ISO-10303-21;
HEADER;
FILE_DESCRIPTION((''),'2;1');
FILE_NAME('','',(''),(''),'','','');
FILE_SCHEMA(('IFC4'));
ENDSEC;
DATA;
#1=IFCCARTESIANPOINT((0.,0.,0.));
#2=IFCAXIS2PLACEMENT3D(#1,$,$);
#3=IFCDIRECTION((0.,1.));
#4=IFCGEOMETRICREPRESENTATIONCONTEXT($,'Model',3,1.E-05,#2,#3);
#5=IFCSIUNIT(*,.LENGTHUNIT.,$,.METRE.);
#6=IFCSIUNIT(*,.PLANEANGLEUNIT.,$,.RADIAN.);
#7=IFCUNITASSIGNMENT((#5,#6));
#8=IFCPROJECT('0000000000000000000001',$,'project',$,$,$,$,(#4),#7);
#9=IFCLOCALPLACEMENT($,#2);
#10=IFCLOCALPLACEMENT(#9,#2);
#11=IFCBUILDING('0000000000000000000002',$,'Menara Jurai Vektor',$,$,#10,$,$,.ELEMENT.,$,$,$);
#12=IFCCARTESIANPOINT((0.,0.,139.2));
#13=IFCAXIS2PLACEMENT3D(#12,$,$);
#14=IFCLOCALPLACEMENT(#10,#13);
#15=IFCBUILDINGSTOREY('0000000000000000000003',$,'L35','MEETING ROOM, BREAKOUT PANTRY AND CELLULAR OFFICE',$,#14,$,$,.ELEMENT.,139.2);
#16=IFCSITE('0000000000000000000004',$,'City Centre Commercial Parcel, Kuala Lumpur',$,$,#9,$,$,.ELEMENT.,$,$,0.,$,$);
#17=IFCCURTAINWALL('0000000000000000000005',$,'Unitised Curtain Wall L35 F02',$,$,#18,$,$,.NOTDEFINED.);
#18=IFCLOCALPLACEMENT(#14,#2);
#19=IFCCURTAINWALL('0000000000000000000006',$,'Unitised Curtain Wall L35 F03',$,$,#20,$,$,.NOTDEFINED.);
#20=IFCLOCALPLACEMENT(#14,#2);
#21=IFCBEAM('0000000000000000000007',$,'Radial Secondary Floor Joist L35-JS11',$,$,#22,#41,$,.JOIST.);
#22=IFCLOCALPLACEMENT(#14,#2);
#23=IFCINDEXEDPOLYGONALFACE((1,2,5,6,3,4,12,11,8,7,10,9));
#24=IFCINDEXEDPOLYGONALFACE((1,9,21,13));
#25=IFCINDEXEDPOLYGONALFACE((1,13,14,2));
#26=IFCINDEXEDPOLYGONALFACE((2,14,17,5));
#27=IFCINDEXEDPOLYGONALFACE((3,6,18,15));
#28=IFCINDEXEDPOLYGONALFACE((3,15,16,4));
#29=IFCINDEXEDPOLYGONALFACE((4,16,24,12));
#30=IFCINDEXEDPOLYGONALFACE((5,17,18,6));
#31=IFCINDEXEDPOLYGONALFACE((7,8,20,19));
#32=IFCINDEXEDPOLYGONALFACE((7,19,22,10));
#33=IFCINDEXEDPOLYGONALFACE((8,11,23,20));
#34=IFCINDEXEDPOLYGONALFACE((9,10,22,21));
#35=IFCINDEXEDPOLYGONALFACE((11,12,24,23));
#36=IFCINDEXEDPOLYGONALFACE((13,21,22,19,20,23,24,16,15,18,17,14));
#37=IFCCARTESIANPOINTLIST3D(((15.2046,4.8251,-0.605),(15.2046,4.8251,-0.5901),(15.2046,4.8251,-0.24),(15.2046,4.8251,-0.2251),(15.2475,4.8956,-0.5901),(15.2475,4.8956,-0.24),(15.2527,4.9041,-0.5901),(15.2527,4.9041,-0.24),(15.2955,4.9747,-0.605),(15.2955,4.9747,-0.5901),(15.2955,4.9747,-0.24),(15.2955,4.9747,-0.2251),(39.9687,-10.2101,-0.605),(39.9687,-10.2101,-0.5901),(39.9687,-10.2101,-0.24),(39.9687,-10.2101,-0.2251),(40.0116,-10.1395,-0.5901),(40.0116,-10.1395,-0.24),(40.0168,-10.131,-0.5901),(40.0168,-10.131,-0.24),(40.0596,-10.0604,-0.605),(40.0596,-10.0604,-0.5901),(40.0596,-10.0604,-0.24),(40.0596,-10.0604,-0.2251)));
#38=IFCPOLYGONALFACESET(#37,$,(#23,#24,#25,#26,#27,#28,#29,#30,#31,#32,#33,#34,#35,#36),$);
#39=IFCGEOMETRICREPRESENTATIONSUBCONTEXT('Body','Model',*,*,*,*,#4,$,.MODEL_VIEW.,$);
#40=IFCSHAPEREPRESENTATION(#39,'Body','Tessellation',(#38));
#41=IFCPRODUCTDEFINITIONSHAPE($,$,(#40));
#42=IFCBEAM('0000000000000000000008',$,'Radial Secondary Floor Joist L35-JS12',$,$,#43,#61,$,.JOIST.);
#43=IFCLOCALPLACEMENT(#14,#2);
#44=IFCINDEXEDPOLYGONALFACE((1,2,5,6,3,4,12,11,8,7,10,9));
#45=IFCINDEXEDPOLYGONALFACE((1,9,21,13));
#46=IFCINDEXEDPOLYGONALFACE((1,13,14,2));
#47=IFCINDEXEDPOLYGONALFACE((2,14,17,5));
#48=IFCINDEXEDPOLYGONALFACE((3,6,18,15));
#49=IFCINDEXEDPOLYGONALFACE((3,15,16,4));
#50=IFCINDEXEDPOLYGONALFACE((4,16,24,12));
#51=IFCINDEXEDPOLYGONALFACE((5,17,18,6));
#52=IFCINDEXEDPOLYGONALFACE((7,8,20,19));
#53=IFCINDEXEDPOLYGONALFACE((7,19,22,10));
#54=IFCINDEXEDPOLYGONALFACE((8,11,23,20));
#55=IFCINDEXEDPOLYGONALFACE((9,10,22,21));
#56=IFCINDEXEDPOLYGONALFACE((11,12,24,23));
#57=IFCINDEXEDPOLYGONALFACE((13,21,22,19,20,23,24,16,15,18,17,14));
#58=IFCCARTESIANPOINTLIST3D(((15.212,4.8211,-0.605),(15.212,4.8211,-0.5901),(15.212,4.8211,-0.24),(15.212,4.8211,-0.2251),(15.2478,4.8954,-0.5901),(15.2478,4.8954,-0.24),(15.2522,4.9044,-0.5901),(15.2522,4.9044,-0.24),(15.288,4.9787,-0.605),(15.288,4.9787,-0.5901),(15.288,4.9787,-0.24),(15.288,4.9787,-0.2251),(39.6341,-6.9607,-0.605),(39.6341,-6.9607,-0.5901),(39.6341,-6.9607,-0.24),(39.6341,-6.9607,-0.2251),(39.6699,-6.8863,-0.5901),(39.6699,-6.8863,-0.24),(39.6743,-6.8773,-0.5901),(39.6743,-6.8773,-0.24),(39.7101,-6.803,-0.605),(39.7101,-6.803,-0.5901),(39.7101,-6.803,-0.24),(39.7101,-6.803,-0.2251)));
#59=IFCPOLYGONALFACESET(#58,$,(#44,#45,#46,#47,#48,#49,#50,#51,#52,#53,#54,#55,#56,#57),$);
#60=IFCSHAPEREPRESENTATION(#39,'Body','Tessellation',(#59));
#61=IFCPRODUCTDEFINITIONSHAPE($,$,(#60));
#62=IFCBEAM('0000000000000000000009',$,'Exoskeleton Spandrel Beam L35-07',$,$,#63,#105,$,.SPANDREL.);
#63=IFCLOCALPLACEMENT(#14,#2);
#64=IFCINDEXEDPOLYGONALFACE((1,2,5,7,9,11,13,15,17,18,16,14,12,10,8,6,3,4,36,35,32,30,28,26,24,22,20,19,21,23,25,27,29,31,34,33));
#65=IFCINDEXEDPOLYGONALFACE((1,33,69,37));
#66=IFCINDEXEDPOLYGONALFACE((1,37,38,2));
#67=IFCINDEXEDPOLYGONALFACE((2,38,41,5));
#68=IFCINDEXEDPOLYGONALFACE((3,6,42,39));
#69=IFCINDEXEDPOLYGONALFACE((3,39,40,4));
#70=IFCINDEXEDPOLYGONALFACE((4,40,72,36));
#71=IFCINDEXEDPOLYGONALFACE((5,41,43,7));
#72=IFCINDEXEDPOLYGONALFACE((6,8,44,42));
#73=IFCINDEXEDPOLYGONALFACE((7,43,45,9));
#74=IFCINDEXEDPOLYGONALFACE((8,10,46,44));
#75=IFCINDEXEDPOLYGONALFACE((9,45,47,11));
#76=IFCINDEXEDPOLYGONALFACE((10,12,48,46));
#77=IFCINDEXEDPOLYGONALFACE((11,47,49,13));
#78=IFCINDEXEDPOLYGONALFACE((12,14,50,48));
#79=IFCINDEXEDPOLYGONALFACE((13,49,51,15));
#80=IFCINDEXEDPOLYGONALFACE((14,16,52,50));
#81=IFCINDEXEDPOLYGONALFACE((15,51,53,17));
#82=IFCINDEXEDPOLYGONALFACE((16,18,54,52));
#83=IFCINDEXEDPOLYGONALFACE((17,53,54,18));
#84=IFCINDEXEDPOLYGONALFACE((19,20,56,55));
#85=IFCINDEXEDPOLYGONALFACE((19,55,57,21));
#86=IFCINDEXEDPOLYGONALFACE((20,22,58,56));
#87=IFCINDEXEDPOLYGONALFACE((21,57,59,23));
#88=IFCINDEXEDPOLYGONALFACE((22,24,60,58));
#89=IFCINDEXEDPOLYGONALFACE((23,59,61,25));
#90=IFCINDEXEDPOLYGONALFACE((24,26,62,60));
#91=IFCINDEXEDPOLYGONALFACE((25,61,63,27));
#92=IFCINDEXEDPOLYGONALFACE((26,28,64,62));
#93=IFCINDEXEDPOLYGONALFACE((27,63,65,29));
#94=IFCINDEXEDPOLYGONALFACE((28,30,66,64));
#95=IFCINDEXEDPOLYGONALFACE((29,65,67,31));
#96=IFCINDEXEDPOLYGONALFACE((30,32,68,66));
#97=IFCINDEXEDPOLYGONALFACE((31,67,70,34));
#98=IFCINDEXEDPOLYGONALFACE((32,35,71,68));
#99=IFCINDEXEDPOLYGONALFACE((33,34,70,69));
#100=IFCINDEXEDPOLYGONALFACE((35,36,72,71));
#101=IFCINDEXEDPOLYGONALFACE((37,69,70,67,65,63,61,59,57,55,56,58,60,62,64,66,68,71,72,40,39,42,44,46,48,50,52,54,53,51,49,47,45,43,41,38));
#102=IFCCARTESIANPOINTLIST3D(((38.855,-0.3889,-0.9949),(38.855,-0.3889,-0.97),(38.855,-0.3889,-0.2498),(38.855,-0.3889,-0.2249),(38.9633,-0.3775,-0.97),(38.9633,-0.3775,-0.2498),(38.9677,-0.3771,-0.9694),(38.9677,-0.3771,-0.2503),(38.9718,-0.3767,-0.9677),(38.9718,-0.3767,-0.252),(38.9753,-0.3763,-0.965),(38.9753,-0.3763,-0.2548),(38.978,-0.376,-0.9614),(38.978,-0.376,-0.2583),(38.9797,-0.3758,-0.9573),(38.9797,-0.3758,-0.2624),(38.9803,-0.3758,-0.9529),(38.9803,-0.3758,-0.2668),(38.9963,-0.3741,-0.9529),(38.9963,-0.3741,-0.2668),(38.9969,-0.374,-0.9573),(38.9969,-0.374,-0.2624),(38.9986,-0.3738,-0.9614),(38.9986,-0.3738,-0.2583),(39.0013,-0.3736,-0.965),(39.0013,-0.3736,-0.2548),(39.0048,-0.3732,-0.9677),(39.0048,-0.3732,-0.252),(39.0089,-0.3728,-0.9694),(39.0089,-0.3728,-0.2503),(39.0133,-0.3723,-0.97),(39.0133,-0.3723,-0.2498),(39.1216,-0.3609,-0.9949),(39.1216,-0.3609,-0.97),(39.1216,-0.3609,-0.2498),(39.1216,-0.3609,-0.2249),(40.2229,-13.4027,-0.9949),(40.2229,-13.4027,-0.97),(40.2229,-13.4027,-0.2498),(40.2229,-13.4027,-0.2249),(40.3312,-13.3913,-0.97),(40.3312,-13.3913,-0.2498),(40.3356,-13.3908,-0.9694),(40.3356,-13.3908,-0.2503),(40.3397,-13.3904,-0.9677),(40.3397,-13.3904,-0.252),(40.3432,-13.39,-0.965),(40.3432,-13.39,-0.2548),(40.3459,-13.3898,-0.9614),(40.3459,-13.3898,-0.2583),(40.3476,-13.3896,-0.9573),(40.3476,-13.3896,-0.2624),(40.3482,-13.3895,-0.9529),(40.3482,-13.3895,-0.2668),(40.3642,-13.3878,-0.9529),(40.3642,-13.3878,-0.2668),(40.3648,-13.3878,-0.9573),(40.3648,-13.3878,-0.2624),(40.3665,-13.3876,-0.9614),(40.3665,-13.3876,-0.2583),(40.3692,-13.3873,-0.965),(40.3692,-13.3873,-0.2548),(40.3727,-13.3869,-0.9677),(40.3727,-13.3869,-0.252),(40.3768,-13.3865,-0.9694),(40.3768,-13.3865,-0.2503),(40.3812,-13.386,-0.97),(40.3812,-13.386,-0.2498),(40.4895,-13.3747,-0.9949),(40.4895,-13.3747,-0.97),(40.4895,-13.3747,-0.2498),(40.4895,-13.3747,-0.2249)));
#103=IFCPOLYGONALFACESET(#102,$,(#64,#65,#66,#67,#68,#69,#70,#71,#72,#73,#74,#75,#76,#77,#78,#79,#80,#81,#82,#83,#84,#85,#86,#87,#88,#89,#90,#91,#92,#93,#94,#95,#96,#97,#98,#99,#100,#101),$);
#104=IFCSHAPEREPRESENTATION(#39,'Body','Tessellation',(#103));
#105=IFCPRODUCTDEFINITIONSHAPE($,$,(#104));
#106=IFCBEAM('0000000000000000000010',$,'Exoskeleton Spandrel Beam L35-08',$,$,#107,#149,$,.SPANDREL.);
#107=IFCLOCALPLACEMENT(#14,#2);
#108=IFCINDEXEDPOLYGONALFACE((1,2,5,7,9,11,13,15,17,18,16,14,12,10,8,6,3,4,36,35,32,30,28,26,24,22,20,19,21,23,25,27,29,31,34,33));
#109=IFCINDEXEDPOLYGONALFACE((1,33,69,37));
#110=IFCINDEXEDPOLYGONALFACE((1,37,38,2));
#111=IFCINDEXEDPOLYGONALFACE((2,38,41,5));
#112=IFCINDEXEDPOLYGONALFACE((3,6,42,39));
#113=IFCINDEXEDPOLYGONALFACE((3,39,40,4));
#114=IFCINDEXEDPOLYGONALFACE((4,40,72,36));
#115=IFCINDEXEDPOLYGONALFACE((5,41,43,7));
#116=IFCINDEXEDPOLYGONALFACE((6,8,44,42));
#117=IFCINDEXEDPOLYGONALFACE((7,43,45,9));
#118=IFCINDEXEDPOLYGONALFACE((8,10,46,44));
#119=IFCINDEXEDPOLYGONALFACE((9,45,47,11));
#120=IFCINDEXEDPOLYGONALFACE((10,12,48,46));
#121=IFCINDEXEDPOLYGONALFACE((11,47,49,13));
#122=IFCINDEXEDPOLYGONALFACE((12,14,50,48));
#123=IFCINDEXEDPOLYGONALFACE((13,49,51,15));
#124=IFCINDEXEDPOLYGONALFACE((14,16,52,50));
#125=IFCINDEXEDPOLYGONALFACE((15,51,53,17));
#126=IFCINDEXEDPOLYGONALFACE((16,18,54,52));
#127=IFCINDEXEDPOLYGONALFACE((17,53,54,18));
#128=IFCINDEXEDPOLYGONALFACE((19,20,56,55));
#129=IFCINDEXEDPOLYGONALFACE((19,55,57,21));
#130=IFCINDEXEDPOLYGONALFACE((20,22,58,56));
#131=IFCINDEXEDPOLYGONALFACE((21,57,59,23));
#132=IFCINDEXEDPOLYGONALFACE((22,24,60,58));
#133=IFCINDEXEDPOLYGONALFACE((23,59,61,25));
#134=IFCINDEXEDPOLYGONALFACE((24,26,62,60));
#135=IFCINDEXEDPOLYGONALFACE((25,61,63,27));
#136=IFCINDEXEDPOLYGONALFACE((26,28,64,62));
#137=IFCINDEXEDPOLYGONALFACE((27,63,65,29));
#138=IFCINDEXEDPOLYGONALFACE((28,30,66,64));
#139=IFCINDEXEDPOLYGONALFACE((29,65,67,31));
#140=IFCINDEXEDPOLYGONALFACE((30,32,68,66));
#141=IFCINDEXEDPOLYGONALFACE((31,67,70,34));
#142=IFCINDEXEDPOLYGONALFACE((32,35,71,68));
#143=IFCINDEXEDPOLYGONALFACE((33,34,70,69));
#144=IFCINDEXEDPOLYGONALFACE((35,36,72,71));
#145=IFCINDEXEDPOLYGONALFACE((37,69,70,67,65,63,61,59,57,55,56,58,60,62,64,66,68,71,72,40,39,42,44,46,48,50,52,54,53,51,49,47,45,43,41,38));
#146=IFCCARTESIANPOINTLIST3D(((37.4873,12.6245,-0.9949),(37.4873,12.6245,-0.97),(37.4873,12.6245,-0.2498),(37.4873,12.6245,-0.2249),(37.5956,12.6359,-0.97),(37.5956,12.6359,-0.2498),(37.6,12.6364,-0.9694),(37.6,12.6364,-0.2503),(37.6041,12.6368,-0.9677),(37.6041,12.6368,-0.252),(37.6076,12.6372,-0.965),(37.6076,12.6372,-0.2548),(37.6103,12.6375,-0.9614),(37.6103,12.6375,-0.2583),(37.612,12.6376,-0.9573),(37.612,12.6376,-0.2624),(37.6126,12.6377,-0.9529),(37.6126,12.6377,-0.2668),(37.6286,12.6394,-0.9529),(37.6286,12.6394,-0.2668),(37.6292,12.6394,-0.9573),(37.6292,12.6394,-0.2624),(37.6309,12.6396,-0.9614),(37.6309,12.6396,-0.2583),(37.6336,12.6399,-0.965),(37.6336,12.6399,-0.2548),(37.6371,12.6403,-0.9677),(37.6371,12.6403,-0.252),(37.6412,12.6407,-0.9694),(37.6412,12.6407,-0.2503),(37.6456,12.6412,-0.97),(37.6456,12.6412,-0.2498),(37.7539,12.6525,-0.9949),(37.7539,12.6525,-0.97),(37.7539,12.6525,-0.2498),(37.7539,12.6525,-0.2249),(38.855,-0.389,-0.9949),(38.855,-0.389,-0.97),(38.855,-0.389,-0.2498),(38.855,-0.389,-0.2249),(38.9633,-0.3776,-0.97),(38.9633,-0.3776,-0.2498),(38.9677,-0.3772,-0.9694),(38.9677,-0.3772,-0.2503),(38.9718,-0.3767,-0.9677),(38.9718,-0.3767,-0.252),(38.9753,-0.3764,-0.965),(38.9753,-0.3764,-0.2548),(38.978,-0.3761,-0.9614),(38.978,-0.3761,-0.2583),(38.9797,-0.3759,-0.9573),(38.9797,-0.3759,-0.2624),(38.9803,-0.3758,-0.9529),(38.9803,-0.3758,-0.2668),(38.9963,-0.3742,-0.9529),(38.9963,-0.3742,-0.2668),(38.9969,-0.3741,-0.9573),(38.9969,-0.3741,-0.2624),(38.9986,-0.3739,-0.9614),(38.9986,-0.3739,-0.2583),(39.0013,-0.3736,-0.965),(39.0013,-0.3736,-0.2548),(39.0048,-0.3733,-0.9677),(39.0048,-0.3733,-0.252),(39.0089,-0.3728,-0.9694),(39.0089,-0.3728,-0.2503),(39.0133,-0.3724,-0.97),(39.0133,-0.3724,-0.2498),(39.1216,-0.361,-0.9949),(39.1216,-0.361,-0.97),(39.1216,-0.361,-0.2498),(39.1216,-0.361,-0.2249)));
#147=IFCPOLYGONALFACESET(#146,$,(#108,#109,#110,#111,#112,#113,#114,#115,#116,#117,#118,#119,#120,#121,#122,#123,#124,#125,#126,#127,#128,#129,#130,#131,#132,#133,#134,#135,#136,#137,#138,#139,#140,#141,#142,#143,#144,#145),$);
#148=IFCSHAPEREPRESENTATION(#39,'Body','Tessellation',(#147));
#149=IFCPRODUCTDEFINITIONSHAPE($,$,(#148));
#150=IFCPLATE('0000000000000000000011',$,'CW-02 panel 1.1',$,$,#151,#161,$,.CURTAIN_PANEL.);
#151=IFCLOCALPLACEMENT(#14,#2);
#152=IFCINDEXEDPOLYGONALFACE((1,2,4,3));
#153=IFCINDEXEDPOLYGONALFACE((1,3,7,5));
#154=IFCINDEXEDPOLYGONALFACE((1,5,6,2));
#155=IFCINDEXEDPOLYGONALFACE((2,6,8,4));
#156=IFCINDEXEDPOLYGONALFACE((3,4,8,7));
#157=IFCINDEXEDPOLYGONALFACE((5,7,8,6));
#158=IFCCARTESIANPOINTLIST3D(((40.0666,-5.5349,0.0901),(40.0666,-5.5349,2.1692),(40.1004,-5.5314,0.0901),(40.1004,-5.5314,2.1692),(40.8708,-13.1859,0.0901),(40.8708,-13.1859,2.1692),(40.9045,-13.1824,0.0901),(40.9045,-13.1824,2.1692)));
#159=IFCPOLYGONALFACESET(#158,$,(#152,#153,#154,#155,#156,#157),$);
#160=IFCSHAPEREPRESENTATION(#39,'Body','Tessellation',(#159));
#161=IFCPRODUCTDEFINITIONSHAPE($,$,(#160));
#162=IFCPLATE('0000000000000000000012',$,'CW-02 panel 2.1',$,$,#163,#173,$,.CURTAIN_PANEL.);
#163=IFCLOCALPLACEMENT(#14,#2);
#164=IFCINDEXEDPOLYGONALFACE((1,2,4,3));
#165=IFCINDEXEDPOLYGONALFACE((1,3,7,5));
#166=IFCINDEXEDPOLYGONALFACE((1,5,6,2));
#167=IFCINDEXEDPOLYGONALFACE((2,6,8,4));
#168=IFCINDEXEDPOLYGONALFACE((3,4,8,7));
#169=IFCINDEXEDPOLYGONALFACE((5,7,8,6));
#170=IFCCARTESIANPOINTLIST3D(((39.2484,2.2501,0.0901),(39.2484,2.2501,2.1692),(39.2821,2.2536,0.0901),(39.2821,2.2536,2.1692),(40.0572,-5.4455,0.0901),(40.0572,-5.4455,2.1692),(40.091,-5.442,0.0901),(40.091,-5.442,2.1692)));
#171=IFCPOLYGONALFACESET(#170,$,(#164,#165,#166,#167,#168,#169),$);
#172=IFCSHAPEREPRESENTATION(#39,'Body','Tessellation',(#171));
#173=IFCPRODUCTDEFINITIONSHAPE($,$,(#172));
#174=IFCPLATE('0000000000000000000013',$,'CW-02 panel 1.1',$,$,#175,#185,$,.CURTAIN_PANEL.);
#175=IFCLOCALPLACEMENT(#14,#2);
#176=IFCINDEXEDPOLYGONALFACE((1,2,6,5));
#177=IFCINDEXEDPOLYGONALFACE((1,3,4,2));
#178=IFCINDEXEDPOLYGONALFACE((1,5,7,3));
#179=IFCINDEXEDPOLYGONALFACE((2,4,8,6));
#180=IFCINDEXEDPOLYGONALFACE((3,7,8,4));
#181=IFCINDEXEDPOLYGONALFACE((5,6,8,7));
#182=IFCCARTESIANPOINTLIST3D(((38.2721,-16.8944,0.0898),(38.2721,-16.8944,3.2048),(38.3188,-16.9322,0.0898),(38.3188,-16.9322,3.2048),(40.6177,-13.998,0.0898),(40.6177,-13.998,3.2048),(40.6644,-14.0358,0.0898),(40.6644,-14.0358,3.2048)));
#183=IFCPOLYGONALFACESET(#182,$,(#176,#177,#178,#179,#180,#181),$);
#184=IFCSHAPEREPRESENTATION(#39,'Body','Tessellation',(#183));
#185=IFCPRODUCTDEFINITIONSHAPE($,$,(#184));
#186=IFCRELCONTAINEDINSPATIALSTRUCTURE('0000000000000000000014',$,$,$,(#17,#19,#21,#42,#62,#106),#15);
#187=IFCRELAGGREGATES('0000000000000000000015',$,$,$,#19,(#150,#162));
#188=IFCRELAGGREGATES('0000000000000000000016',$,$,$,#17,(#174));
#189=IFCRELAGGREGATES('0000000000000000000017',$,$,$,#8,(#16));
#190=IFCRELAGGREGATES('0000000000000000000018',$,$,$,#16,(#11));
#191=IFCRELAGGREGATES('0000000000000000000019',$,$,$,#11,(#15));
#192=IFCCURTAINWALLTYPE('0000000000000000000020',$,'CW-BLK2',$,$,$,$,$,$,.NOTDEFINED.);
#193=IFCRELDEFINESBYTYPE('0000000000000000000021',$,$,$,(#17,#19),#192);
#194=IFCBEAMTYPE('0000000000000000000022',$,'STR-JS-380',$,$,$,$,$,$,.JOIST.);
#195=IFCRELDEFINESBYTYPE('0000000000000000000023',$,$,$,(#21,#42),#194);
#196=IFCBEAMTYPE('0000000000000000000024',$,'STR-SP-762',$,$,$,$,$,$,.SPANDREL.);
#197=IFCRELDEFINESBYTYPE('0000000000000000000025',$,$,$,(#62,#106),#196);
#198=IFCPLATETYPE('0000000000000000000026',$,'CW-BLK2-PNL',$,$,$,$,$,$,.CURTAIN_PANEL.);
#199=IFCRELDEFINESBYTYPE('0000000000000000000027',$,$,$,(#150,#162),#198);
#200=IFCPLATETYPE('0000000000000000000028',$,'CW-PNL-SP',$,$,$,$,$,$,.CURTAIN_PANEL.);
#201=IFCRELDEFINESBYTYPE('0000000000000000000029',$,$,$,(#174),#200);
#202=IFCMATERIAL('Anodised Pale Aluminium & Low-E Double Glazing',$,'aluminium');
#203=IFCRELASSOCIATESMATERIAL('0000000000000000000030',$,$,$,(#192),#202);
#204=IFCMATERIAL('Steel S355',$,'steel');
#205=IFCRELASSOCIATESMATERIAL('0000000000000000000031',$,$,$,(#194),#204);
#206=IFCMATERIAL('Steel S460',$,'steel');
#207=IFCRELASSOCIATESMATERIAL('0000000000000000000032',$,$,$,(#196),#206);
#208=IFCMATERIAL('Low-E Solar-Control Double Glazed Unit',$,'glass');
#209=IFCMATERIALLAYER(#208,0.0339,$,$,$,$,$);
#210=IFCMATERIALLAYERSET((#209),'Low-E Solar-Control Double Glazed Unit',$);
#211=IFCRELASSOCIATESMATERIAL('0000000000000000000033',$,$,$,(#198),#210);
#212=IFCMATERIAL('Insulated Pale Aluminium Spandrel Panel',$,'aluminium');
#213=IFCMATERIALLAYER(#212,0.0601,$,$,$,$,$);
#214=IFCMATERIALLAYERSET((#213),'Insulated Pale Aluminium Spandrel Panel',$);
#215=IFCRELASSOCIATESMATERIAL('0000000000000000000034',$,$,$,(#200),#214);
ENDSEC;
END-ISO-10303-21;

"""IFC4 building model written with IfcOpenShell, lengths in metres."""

from ifc_helpers import new_model, si_unit, direction, frame, origin, origin_2d, place, context, subcontext, project, spatial, rectangle, i_section, extrude, material, layer, layer_set, material_profile, profile_set, type_object, element, aggregate, save


model = new_model("IFC4")

# Units and contexts
model_context = context("Model", 3, precision=1e-05, world=origin(), true_north=direction((0.0, 1.0)))
body_context = subcontext(model_context, "Body", "Model", "MODEL_VIEW")
ifc_project = project(units=[si_unit("LENGTHUNIT", "METRE"), si_unit("PLANEANGLEUNIT", "RADIAN")], contexts=[model_context])

# Site, building, storey
site_placement = place(None, origin())
site = spatial("IfcSite", under=ifc_project, at=site_placement, Name="City Centre Commercial Parcel, Kuala Lumpur", CompositionType="ELEMENT", RefElevation=0.0)
building_placement = place(site_placement, origin())
building = spatial("IfcBuilding", under=site, at=building_placement, Name="Menara Jurai Vektor", CompositionType="ELEMENT")
storey_placement = place(building_placement, frame((0.0, 0.0, 139.2)))
storey = spatial("IfcBuildingStorey", under=building, at=storey_placement, Name="L35", Description="MEETING ROOM, BREAKOUT PANTRY AND CELLULAR OFFICE", CompositionType="ELEMENT", Elevation=139.2)

# Shared definitions
ifc_material_1 = material(Name="Steel S460", Category="steel")

# Curtain walls
ifc_material_2 = material(Name="Anodised Pale Aluminium & Low-E Double Glazing", Category="aluminium")
curtain_wall_type = type_object("IfcCurtainWallType", Name="CW-BLK2", PredefinedType="NOTDEFINED", material=ifc_material_2)
curtain_wall_1_placement = place(storey_placement, origin())
curtain_wall_1 = element("IfcCurtainWall", 1, at=curtain_wall_1_placement, inside=storey, type_object=curtain_wall_type, Name="Unitised Curtain Wall L35 F02", PredefinedType="NOTDEFINED")
curtain_wall_2_placement = place(storey_placement, origin())
curtain_wall_2 = element("IfcCurtainWall", 2, at=curtain_wall_2_placement, inside=storey, type_object=curtain_wall_type, Name="Unitised Curtain Wall L35 F03", PredefinedType="NOTDEFINED")

# Shared definitions
ifc_material_3 = material(Name="Steel S355", Category="steel")

# Beams
ifc_material_profile_1 = material_profile(ifc_material_3, i_section(OverallWidth=0.175, OverallDepth=0.3799, WebThickness=0.01, FlangeThickness=0.0149, at=origin_2d()), Name="PG 380x175x58")
ifc_profile_set_1 = profile_set([ifc_material_profile_1], Name="Steel S355")
beam_type_1 = type_object("IfcBeamType", Name="STR-JS-380", PredefinedType="JOIST", material=ifc_profile_set_1)
beam_1_placement = place(storey_placement, frame((40.0142, -10.1353, -0.415), z_axis=(-0.854791, 0.518972, 0.0), x_axis=(-0.518972, -0.854791, 0.0)))
element("IfcBeam", 3, at=beam_1_placement, inside=storey, type_object=beam_type_1, Name="Radial Secondary Floor Joist L35-JS11", PredefinedType="JOIST", context=body_context, shape_type="SweptSolid", body=[
    extrude(i_section(OverallWidth=0.175, OverallDepth=0.3799, WebThickness=0.01, FlangeThickness=0.0149, at=origin_2d()), origin(), (0.0, 0.0, 1.0), 28.9709),
])
beam_2_placement = place(storey_placement, frame((39.6721, -6.8818, -0.415), z_axis=(-0.900671, 0.434502, 0.0), x_axis=(-0.434502, -0.900671, 0.0)))
element("IfcBeam", 4, at=beam_2_placement, inside=storey, type_object=beam_type_1, Name="Radial Secondary Floor Joist L35-JS12", PredefinedType="JOIST", context=body_context, shape_type="SweptSolid", body=[
    extrude(i_section(OverallWidth=0.175, OverallDepth=0.3799, WebThickness=0.01, FlangeThickness=0.0149, at=origin_2d()), origin(), (0.0, 0.0, 1.0), 27.1155),
])
ifc_material_profile_2 = material_profile(ifc_material_1, i_section(OverallWidth=0.2681, OverallDepth=0.77, WebThickness=0.0161, FlangeThickness=0.0249, FilletRadius=0.0171, at=origin_2d()), Name="UKB 762x267x197")
ifc_profile_set_2 = profile_set([ifc_material_profile_2], Name="Steel S460")
beam_type_2 = type_object("IfcBeamType", Name="STR-SP-762", PredefinedType="SPANDREL", material=ifc_profile_set_2)
beam_3_placement = place(storey_placement, frame((40.3562, -13.3887, -0.6099), z_axis=(-0.104538, 0.994521, 0.0), x_axis=(-0.994521, -0.104538, 0.0)))
element("IfcBeam", 5, at=beam_3_placement, inside=storey, type_object=beam_type_2, Name="Exoskeleton Spandrel Beam L35-07", PredefinedType="SPANDREL", context=body_context, shape_type="SweptSolid", body=[
    extrude(i_section(OverallWidth=0.2681, OverallDepth=0.77, WebThickness=0.0161, FlangeThickness=0.0249, FilletRadius=0.0171, at=origin_2d()), origin(), (0.0, 0.0, 1.0), 13.0854),
])
beam_4_placement = place(storey_placement, frame((38.9883, -0.375, -0.6099), z_axis=(-0.104522, 0.994523, 0.0), x_axis=(-0.994523, -0.104522, 0.0)))
element("IfcBeam", 6, at=beam_4_placement, inside=storey, type_object=beam_type_2, Name="Exoskeleton Spandrel Beam L35-08", PredefinedType="SPANDREL", context=body_context, shape_type="SweptSolid", body=[
    extrude(i_section(OverallWidth=0.2681, OverallDepth=0.77, WebThickness=0.0161, FlangeThickness=0.0249, FilletRadius=0.0171, at=origin_2d()), origin(), (0.0, 0.0, 1.0), 13.0852),
])

# Plates
ifc_material_4 = material(Name="Low-E Solar-Control Double Glazed Unit", Category="glass")
ifc_layer_1 = layer(ifc_material_4, 0.0339)
ifc_layer_set_1 = layer_set([ifc_layer_1], Name="Low-E Solar-Control Double Glazed Unit")
plate_type_1 = type_object("IfcPlateType", Name="CW-BLK2-PNL", PredefinedType="CURTAIN_PANEL", material=ifc_layer_set_1)
plate_1_placement = place(storey_placement, frame((40.4856, -9.3586, 0.0901), z_axis=(0.0, 0.0, 1.0), x_axis=(-0.10453, 0.994522, 0.0)))
plate_1 = element("IfcPlate", 7, at=plate_1_placement, type_object=plate_type_1, Name="CW-02 panel 1.1", PredefinedType="CURTAIN_PANEL", context=body_context, shape_type="SweptSolid", body=[
    extrude(rectangle(XDim=7.6931, YDim=0.0339, at=origin_2d()), origin(), (0.0, 0.0, 1.0), 2.0791),
])
plate_2_placement = place(storey_placement, frame((39.6697, -1.5959, 0.0901), z_axis=(0.0, 0.0, 1.0), x_axis=(-0.10453, 0.994522, 0.0)))
plate_2 = element("IfcPlate", 8, at=plate_2_placement, type_object=plate_type_1, Name="CW-02 panel 2.1", PredefinedType="CURTAIN_PANEL", context=body_context, shape_type="SweptSolid", body=[
    extrude(rectangle(XDim=7.738, YDim=0.0339, at=origin_2d()), origin(), (0.0, 0.0, 1.0), 2.0791),
])
aggregate(curtain_wall_2, [plate_1, plate_2])
ifc_material_5 = material(Name="Insulated Pale Aluminium Spandrel Panel", Category="aluminium")
ifc_layer_2 = layer(ifc_material_5, 0.0601)
ifc_layer_set_2 = layer_set([ifc_layer_2], Name="Insulated Pale Aluminium Spandrel Panel")
plate_type_2 = type_object("IfcPlateType", Name="CW-PNL-SP", PredefinedType="CURTAIN_PANEL", material=ifc_layer_set_2)
plate_3_placement = place(storey_placement, frame((39.4683, -15.4651, 0.0898), z_axis=(0.0, 0.0, 1.0), x_axis=(0.629341, 0.777129, 0.0)))
plate_3 = element("IfcPlate", 9, at=plate_3_placement, type_object=plate_type_2, Name="CW-02 panel 1.1", PredefinedType="CURTAIN_PANEL", context=body_context, shape_type="SweptSolid", body=[
    extrude(rectangle(XDim=3.7271, YDim=0.0601, at=origin_2d()), origin(), (0.0, 0.0, 1.0), 3.115),
])
aggregate(curtain_wall_1, [plate_3])

save(model, "model.ifc")
